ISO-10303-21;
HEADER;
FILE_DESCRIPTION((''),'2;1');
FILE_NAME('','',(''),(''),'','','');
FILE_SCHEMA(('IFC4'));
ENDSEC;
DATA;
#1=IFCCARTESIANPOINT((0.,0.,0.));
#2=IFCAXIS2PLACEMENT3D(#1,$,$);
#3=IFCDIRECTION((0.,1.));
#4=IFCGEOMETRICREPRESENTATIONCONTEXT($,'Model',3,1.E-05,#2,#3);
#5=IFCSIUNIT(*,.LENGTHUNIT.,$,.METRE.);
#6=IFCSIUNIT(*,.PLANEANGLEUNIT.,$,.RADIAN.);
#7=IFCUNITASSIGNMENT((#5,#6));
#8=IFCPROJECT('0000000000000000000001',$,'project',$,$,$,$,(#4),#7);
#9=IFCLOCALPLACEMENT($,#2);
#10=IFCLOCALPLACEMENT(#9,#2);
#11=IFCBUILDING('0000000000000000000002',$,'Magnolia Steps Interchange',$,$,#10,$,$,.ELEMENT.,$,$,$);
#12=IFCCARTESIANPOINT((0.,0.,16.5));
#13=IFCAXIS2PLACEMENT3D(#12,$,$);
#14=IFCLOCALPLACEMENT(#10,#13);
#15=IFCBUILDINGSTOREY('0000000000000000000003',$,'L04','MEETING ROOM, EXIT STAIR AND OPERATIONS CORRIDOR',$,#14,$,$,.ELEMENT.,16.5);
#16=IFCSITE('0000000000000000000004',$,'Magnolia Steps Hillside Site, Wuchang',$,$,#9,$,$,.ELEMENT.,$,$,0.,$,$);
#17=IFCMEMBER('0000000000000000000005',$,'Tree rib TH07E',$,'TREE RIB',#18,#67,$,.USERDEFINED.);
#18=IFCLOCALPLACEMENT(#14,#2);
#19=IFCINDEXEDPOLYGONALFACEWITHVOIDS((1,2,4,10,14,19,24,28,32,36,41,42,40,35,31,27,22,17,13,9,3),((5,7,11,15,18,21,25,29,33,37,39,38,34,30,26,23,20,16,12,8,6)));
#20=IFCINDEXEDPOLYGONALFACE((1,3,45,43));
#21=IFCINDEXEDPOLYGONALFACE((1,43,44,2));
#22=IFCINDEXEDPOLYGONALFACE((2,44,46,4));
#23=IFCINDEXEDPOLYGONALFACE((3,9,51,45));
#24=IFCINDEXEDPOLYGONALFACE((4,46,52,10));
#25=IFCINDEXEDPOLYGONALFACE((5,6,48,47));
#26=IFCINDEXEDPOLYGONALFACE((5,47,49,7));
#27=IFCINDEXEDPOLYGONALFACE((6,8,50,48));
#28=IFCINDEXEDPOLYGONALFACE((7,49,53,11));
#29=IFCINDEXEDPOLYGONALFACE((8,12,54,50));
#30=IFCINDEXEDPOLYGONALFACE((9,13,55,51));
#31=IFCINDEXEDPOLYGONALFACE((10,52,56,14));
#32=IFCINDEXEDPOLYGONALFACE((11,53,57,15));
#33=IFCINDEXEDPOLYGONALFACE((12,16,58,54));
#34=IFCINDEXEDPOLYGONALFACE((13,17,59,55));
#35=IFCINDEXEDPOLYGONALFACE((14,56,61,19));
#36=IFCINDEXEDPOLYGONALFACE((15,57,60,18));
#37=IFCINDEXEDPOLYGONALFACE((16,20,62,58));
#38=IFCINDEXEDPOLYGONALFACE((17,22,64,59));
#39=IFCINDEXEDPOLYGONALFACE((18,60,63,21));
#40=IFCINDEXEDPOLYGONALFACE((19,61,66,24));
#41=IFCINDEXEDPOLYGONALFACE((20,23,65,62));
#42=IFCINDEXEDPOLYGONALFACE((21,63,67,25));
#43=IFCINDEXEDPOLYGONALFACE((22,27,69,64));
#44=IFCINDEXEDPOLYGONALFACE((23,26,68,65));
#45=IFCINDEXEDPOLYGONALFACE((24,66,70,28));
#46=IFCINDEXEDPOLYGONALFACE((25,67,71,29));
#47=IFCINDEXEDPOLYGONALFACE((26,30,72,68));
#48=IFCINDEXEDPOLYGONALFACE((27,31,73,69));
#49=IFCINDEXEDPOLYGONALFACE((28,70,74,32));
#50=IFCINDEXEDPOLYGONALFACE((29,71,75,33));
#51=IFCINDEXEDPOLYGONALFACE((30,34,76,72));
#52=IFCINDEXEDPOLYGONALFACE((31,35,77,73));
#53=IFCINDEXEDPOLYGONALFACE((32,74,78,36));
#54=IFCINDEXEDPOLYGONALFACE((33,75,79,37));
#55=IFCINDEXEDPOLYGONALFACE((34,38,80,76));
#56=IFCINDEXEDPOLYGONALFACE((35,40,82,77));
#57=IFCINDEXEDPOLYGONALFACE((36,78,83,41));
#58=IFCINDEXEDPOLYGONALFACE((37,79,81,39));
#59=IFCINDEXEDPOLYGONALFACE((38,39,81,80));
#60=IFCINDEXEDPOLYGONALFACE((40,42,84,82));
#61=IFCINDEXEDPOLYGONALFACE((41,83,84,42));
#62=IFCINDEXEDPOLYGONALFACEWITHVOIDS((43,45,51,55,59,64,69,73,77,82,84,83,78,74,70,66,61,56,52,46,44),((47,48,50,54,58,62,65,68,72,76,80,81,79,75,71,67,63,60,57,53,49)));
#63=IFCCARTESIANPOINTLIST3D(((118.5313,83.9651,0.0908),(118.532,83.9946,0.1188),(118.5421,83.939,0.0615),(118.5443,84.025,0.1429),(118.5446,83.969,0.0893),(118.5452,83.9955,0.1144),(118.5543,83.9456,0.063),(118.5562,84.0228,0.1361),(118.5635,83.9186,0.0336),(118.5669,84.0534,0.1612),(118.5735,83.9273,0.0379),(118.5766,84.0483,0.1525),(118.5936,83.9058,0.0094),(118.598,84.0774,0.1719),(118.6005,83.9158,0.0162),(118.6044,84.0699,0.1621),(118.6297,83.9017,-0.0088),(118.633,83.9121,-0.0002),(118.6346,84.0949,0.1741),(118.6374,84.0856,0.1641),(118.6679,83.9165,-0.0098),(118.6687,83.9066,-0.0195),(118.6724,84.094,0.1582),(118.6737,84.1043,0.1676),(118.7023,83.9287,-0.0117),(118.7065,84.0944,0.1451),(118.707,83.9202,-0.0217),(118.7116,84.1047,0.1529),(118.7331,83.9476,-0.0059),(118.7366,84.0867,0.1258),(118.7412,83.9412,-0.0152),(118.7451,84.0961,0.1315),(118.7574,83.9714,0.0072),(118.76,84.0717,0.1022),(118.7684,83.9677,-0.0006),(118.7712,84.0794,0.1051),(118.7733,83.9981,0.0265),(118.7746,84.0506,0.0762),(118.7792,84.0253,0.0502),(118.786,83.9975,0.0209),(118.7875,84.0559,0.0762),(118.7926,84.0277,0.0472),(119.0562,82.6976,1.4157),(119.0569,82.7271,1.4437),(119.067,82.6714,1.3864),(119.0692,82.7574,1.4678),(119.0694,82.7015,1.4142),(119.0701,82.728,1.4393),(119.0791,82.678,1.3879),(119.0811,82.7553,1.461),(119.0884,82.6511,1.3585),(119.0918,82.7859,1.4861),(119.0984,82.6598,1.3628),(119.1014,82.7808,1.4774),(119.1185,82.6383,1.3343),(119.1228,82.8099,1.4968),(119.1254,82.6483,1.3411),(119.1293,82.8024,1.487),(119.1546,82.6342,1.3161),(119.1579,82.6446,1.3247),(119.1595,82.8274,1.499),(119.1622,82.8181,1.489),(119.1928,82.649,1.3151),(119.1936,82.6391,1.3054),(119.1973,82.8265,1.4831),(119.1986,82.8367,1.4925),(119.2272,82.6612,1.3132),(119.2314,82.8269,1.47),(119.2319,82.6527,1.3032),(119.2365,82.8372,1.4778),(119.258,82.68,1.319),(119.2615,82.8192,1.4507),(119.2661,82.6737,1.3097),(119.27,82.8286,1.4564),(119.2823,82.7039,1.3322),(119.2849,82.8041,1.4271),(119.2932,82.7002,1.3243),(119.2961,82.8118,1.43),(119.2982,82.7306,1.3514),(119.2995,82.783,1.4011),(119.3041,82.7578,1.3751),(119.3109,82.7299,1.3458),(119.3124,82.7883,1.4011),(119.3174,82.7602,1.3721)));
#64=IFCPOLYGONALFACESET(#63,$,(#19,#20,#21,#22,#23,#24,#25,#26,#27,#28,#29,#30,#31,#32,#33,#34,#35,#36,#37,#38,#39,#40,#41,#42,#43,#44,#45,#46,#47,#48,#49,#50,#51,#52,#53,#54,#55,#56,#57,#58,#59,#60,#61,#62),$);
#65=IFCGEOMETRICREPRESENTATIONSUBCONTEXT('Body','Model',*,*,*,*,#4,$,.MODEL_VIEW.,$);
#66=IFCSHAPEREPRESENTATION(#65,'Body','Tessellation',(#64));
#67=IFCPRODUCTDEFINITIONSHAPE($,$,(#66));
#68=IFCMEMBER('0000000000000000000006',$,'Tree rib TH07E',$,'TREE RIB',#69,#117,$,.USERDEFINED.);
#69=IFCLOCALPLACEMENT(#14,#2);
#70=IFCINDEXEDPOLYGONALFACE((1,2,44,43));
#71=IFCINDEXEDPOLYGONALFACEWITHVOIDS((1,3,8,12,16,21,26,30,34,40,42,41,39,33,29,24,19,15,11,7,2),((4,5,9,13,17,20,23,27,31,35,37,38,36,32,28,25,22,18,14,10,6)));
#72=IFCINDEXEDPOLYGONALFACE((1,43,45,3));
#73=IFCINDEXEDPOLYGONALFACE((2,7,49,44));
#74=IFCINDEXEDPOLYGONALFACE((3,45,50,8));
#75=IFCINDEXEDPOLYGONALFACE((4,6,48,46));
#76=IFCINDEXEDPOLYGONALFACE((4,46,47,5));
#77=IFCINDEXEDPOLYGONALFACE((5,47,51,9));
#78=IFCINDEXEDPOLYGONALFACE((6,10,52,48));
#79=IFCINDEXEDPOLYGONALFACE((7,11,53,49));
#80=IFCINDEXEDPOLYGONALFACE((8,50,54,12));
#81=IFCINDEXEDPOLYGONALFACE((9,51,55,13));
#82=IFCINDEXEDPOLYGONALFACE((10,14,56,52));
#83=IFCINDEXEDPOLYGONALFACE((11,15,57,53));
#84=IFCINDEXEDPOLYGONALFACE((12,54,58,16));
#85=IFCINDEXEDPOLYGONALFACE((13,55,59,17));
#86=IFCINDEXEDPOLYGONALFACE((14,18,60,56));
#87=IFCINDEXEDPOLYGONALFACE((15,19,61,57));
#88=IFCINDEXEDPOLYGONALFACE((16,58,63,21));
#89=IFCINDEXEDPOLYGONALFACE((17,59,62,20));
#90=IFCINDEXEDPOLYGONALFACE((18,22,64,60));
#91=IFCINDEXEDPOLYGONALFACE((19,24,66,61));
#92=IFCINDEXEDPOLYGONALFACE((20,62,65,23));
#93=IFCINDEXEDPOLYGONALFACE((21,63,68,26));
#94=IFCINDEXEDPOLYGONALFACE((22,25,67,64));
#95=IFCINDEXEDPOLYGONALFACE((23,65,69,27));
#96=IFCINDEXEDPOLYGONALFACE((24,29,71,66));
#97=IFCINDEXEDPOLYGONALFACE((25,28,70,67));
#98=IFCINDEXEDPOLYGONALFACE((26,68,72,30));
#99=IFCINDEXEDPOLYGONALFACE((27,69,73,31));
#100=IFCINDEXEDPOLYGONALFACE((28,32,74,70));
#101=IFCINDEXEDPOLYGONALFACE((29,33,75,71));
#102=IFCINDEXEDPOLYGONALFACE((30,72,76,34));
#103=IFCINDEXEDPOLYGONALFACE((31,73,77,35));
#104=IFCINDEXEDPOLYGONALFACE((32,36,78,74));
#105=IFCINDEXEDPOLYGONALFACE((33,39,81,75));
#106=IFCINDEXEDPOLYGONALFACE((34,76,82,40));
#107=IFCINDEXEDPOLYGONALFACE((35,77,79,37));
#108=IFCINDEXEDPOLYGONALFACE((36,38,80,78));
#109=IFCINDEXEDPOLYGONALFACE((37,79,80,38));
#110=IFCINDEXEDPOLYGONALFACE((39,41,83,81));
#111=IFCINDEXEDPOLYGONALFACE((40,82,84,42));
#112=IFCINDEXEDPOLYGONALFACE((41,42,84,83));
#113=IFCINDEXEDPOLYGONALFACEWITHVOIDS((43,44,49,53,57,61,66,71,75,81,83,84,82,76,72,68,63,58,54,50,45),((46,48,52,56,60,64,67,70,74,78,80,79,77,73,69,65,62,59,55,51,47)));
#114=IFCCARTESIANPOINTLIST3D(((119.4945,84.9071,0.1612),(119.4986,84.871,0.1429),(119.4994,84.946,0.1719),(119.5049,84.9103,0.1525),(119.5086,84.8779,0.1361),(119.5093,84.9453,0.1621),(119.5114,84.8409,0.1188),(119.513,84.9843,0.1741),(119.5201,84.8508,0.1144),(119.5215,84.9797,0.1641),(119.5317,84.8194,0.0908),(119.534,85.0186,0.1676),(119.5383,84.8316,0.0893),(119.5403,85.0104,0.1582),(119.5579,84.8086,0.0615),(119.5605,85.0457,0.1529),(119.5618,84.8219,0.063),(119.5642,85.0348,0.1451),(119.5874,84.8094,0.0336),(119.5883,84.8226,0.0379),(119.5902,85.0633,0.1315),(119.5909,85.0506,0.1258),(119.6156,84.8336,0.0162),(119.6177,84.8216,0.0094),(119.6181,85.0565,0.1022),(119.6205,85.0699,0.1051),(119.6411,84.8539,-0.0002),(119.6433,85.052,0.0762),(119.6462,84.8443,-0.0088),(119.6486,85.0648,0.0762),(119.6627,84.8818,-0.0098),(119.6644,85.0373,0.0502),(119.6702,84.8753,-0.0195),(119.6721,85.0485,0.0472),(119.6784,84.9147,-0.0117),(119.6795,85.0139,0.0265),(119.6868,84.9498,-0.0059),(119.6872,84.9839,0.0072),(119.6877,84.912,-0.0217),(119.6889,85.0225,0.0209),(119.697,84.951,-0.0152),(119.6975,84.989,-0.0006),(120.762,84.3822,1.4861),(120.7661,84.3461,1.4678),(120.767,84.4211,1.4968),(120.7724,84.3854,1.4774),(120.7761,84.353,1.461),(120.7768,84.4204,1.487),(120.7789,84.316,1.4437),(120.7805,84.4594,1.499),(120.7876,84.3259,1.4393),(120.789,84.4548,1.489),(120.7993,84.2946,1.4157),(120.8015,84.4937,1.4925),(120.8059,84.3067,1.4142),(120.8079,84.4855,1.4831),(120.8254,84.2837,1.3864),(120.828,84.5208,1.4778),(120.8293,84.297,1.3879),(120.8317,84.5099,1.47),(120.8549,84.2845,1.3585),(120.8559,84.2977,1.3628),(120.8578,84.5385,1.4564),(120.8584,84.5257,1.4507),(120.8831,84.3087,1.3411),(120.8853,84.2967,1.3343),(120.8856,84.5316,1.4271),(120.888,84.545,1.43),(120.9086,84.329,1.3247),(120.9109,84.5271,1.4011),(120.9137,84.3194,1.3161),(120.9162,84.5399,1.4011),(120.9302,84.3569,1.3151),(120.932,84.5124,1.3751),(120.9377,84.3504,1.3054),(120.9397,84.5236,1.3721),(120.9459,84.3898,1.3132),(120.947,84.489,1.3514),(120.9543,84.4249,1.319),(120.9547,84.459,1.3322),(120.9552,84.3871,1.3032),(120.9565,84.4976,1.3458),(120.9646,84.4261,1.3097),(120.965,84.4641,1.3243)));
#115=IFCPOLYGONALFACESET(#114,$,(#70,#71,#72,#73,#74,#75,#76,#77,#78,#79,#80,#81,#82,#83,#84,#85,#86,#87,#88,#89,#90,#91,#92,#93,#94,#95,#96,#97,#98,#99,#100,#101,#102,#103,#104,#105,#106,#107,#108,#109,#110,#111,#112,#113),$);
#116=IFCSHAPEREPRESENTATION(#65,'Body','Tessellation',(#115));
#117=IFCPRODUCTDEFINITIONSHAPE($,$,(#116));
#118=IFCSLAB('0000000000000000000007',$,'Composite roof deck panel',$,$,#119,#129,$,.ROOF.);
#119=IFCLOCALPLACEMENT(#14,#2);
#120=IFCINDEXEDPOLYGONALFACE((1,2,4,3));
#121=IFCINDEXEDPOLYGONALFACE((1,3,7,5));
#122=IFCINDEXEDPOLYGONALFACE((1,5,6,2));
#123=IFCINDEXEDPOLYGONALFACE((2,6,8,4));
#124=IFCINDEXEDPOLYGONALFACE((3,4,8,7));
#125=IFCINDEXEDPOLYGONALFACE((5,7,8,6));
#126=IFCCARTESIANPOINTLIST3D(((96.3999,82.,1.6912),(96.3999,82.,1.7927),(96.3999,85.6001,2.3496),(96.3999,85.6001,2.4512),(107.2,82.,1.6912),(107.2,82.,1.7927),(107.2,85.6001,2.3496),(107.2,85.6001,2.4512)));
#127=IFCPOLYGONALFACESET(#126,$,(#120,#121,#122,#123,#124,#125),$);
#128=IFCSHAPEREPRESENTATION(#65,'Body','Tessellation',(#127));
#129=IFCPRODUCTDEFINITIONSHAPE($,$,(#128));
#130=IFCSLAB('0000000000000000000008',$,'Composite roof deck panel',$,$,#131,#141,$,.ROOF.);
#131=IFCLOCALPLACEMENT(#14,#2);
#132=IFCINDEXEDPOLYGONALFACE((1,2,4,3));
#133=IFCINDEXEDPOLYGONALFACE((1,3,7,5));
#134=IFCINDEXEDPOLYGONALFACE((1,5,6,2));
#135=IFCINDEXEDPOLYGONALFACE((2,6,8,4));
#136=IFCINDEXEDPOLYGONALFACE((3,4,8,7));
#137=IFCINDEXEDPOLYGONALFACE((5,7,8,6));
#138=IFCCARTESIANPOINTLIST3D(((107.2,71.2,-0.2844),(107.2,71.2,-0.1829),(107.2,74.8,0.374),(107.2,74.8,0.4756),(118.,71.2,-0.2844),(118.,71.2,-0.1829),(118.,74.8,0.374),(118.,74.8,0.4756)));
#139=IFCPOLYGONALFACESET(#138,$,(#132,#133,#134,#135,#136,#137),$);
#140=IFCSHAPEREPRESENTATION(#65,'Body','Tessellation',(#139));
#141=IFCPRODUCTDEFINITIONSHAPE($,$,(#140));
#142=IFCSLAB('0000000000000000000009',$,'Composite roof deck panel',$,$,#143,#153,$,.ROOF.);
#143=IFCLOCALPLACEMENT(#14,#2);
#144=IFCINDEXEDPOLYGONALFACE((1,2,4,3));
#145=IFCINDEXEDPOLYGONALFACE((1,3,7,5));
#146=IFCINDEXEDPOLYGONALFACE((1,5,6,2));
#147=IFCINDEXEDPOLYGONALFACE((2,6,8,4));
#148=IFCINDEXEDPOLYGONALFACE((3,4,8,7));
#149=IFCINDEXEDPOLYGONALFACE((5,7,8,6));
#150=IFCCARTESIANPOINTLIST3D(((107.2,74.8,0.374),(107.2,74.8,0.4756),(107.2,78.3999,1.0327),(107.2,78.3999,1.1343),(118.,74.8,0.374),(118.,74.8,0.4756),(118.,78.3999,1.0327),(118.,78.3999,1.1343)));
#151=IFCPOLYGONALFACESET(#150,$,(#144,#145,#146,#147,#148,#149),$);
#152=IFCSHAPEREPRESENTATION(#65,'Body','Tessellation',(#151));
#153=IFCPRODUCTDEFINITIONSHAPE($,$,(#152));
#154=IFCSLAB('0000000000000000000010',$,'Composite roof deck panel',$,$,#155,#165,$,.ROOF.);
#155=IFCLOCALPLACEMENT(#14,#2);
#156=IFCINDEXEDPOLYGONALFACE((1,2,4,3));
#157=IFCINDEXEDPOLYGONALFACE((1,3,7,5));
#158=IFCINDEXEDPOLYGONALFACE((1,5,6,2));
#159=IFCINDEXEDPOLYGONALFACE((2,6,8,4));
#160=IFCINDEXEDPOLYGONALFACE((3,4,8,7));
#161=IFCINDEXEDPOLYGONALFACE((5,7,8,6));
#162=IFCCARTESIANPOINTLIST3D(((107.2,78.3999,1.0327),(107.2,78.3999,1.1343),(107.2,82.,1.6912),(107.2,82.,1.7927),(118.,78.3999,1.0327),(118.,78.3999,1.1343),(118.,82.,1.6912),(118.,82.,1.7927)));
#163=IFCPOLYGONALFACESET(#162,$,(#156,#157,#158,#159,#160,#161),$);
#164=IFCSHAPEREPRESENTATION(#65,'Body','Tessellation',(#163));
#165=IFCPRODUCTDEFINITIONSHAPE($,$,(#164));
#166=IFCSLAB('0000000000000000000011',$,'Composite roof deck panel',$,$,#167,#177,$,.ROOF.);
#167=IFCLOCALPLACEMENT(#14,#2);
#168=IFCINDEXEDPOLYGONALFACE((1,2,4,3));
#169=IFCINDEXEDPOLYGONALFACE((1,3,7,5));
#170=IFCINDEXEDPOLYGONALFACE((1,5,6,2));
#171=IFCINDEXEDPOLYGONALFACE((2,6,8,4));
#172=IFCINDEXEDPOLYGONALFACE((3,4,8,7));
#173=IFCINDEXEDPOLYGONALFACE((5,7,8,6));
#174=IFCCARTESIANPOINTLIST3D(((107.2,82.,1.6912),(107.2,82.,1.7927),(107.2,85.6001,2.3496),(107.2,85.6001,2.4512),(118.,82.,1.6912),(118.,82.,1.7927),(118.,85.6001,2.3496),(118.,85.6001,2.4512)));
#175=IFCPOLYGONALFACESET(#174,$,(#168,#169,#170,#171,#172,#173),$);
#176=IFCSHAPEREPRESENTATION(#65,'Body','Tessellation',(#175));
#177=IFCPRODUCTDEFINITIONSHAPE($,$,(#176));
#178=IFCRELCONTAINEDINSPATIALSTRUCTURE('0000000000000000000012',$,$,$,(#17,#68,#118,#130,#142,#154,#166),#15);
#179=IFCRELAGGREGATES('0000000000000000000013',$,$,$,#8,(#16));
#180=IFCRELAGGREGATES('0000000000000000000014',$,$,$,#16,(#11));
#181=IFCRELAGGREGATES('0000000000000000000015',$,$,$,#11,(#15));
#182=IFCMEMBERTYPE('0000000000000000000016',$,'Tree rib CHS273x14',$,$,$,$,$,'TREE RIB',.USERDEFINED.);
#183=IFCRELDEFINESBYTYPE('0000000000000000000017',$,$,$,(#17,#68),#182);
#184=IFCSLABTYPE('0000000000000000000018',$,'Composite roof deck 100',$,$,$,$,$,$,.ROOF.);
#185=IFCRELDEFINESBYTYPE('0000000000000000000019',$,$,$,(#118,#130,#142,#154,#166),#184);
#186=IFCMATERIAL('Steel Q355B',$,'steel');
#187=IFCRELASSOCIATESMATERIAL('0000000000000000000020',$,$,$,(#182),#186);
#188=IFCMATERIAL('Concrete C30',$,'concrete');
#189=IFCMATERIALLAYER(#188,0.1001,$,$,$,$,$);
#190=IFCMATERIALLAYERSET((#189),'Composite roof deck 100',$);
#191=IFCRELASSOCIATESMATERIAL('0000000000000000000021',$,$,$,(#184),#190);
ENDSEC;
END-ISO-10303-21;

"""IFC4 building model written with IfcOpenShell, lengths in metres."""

from ifc_helpers import new_model, si_unit, direction, frame, origin, origin_2d, place, context, subcontext, project, spatial, polyline, hollow_circle, outline, extrude, material, layer, layer_set, material_profile, profile_set, type_object, element, save


model = new_model("IFC4")

# Units and contexts
model_context = context("Model", 3, precision=1e-05, world=origin(), true_north=direction((0.0, 1.0)))
body_context = subcontext(model_context, "Body", "Model", "MODEL_VIEW")
ifc_project = project(units=[si_unit("LENGTHUNIT", "METRE"), si_unit("PLANEANGLEUNIT", "RADIAN")], contexts=[model_context])

# Site, building, storey
site_placement = place(None, origin())
site = spatial("IfcSite", under=ifc_project, at=site_placement, Name="Magnolia Steps Hillside Site, Wuchang", CompositionType="ELEMENT", RefElevation=0.0)
building_placement = place(site_placement, origin())
building = spatial("IfcBuilding", under=site, at=building_placement, Name="Magnolia Steps Interchange", CompositionType="ELEMENT")
storey_placement = place(building_placement, frame((0.0, 0.0, 16.5)))
storey = spatial("IfcBuildingStorey", under=building, at=storey_placement, Name="L04", Description="MEETING ROOM, EXIT STAIR AND OPERATIONS CORRIDOR", CompositionType="ELEMENT", Elevation=16.5)

# Members
ifc_material_1 = material(Name="Steel Q355B", Category="steel")
ifc_material_profile_1 = material_profile(ifc_material_1, hollow_circle(Radius=0.1365, WallThickness=0.0139, at=origin_2d()), Name="CHS273x14")
ifc_profile_set_1 = profile_set([ifc_material_profile_1], Name="Steel Q355B")
member_type_1 = type_object("IfcMemberType", Name="Tree rib CHS273x14", ElementType="TREE RIB", PredefinedType="USERDEFINED", material=ifc_profile_set_1)
for number, where, z_axis, x_axis, name in (
    (1, (118.6614, 84.0037, 0.0762), (0.275208, -0.664595, 0.694676), (0.923917, 0.382593, 0.0), "Tree rib TH07E"),
    (2, (119.5964, 84.9387, 0.0762), (0.664595, -0.275208, 0.694676), (0.382593, 0.923917, 0.0), "Tree rib TH07E"),
):
    element("IfcMember", number, at=place(storey_placement, frame(where, z_axis=z_axis, x_axis=x_axis)), inside=storey, type_object=member_type_1, Name=name, ObjectType="TREE RIB", PredefinedType="USERDEFINED", context=body_context, shape_type="SweptSolid", body=[
        extrude(hollow_circle(Radius=0.1365, WallThickness=0.0139, at=origin_2d()), origin(), (0.0, 0.0, 1.0), 1.9072),
    ])

# Slabs
ifc_material_2 = material(Name="Concrete C30", Category="concrete")
ifc_layer_1 = layer(ifc_material_2, 0.1001)
ifc_layer_set_1 = layer_set([ifc_layer_1], Name="Composite roof deck 100")
slab_type = type_object("IfcSlabType", Name="Composite roof deck 100", PredefinedType="ROOF", material=ifc_layer_set_1)
for number, where, z_axis, x_axis, name in (
    (3, (107.2, 82.0, 1.7927), (0.0, -0.179913, 0.983683), (0.0, 0.983683, 0.179913), "Composite roof deck panel"),
    (4, (118.0, 71.2, -0.1829), (0.0, -0.179913, 0.983683), (0.0, 0.983683, 0.179913), "Composite roof deck panel"),
):
    element("IfcSlab", number, at=place(storey_placement, frame(where, z_axis=z_axis, x_axis=x_axis)), inside=storey, type_object=slab_type, Name=name, PredefinedType="ROOF", context=body_context, shape_type="SweptSolid", body=[
        extrude(outline(polyline([(0.0, 0.0), (3.6598, 0.0), (3.6598, 10.8), (0.0, 10.8), (0.0, 0.0)])), origin(), (-0.179913, 0.0, -0.983683), 0.1016),
    ])
slab_placement = place(storey_placement, frame((118.0, 74.8, 0.4756), z_axis=(0.0, -0.179989, 0.983669), x_axis=(0.0, 0.983669, 0.179989)))
element("IfcSlab", 5, at=slab_placement, inside=storey, type_object=slab_type, Name="Composite roof deck panel", PredefinedType="ROOF", context=body_context, shape_type="SweptSolid", body=[
    extrude(outline(polyline([(0.0, 0.0), (3.6596, 0.0), (3.6596, 10.8), (0.0, 10.8), (0.0, 0.0)])), origin(), (-0.179989, 0.0, -0.983669), 0.1016),
])
for number, where, z_axis, x_axis, name in (
    (6, (118.0, 78.3999, 1.1343), (0.0, -0.179913, 0.983683), (0.0, 0.983683, 0.179913), "Composite roof deck panel"),
    (7, (118.0, 82.0, 1.7927), (0.0, -0.179913, 0.983683), (0.0, 0.983683, 0.179913), "Composite roof deck panel"),
):
    element("IfcSlab", number, at=place(storey_placement, frame(where, z_axis=z_axis, x_axis=x_axis)), inside=storey, type_object=slab_type, Name=name, PredefinedType="ROOF", context=body_context, shape_type="SweptSolid", body=[
        extrude(outline(polyline([(0.0, 0.0), (3.6598, 0.0), (3.6598, 10.8), (0.0, 10.8), (0.0, 0.0)])), origin(), (-0.179913, 0.0, -0.983683), 0.1016),
    ])

save(model, "model.ifc")
